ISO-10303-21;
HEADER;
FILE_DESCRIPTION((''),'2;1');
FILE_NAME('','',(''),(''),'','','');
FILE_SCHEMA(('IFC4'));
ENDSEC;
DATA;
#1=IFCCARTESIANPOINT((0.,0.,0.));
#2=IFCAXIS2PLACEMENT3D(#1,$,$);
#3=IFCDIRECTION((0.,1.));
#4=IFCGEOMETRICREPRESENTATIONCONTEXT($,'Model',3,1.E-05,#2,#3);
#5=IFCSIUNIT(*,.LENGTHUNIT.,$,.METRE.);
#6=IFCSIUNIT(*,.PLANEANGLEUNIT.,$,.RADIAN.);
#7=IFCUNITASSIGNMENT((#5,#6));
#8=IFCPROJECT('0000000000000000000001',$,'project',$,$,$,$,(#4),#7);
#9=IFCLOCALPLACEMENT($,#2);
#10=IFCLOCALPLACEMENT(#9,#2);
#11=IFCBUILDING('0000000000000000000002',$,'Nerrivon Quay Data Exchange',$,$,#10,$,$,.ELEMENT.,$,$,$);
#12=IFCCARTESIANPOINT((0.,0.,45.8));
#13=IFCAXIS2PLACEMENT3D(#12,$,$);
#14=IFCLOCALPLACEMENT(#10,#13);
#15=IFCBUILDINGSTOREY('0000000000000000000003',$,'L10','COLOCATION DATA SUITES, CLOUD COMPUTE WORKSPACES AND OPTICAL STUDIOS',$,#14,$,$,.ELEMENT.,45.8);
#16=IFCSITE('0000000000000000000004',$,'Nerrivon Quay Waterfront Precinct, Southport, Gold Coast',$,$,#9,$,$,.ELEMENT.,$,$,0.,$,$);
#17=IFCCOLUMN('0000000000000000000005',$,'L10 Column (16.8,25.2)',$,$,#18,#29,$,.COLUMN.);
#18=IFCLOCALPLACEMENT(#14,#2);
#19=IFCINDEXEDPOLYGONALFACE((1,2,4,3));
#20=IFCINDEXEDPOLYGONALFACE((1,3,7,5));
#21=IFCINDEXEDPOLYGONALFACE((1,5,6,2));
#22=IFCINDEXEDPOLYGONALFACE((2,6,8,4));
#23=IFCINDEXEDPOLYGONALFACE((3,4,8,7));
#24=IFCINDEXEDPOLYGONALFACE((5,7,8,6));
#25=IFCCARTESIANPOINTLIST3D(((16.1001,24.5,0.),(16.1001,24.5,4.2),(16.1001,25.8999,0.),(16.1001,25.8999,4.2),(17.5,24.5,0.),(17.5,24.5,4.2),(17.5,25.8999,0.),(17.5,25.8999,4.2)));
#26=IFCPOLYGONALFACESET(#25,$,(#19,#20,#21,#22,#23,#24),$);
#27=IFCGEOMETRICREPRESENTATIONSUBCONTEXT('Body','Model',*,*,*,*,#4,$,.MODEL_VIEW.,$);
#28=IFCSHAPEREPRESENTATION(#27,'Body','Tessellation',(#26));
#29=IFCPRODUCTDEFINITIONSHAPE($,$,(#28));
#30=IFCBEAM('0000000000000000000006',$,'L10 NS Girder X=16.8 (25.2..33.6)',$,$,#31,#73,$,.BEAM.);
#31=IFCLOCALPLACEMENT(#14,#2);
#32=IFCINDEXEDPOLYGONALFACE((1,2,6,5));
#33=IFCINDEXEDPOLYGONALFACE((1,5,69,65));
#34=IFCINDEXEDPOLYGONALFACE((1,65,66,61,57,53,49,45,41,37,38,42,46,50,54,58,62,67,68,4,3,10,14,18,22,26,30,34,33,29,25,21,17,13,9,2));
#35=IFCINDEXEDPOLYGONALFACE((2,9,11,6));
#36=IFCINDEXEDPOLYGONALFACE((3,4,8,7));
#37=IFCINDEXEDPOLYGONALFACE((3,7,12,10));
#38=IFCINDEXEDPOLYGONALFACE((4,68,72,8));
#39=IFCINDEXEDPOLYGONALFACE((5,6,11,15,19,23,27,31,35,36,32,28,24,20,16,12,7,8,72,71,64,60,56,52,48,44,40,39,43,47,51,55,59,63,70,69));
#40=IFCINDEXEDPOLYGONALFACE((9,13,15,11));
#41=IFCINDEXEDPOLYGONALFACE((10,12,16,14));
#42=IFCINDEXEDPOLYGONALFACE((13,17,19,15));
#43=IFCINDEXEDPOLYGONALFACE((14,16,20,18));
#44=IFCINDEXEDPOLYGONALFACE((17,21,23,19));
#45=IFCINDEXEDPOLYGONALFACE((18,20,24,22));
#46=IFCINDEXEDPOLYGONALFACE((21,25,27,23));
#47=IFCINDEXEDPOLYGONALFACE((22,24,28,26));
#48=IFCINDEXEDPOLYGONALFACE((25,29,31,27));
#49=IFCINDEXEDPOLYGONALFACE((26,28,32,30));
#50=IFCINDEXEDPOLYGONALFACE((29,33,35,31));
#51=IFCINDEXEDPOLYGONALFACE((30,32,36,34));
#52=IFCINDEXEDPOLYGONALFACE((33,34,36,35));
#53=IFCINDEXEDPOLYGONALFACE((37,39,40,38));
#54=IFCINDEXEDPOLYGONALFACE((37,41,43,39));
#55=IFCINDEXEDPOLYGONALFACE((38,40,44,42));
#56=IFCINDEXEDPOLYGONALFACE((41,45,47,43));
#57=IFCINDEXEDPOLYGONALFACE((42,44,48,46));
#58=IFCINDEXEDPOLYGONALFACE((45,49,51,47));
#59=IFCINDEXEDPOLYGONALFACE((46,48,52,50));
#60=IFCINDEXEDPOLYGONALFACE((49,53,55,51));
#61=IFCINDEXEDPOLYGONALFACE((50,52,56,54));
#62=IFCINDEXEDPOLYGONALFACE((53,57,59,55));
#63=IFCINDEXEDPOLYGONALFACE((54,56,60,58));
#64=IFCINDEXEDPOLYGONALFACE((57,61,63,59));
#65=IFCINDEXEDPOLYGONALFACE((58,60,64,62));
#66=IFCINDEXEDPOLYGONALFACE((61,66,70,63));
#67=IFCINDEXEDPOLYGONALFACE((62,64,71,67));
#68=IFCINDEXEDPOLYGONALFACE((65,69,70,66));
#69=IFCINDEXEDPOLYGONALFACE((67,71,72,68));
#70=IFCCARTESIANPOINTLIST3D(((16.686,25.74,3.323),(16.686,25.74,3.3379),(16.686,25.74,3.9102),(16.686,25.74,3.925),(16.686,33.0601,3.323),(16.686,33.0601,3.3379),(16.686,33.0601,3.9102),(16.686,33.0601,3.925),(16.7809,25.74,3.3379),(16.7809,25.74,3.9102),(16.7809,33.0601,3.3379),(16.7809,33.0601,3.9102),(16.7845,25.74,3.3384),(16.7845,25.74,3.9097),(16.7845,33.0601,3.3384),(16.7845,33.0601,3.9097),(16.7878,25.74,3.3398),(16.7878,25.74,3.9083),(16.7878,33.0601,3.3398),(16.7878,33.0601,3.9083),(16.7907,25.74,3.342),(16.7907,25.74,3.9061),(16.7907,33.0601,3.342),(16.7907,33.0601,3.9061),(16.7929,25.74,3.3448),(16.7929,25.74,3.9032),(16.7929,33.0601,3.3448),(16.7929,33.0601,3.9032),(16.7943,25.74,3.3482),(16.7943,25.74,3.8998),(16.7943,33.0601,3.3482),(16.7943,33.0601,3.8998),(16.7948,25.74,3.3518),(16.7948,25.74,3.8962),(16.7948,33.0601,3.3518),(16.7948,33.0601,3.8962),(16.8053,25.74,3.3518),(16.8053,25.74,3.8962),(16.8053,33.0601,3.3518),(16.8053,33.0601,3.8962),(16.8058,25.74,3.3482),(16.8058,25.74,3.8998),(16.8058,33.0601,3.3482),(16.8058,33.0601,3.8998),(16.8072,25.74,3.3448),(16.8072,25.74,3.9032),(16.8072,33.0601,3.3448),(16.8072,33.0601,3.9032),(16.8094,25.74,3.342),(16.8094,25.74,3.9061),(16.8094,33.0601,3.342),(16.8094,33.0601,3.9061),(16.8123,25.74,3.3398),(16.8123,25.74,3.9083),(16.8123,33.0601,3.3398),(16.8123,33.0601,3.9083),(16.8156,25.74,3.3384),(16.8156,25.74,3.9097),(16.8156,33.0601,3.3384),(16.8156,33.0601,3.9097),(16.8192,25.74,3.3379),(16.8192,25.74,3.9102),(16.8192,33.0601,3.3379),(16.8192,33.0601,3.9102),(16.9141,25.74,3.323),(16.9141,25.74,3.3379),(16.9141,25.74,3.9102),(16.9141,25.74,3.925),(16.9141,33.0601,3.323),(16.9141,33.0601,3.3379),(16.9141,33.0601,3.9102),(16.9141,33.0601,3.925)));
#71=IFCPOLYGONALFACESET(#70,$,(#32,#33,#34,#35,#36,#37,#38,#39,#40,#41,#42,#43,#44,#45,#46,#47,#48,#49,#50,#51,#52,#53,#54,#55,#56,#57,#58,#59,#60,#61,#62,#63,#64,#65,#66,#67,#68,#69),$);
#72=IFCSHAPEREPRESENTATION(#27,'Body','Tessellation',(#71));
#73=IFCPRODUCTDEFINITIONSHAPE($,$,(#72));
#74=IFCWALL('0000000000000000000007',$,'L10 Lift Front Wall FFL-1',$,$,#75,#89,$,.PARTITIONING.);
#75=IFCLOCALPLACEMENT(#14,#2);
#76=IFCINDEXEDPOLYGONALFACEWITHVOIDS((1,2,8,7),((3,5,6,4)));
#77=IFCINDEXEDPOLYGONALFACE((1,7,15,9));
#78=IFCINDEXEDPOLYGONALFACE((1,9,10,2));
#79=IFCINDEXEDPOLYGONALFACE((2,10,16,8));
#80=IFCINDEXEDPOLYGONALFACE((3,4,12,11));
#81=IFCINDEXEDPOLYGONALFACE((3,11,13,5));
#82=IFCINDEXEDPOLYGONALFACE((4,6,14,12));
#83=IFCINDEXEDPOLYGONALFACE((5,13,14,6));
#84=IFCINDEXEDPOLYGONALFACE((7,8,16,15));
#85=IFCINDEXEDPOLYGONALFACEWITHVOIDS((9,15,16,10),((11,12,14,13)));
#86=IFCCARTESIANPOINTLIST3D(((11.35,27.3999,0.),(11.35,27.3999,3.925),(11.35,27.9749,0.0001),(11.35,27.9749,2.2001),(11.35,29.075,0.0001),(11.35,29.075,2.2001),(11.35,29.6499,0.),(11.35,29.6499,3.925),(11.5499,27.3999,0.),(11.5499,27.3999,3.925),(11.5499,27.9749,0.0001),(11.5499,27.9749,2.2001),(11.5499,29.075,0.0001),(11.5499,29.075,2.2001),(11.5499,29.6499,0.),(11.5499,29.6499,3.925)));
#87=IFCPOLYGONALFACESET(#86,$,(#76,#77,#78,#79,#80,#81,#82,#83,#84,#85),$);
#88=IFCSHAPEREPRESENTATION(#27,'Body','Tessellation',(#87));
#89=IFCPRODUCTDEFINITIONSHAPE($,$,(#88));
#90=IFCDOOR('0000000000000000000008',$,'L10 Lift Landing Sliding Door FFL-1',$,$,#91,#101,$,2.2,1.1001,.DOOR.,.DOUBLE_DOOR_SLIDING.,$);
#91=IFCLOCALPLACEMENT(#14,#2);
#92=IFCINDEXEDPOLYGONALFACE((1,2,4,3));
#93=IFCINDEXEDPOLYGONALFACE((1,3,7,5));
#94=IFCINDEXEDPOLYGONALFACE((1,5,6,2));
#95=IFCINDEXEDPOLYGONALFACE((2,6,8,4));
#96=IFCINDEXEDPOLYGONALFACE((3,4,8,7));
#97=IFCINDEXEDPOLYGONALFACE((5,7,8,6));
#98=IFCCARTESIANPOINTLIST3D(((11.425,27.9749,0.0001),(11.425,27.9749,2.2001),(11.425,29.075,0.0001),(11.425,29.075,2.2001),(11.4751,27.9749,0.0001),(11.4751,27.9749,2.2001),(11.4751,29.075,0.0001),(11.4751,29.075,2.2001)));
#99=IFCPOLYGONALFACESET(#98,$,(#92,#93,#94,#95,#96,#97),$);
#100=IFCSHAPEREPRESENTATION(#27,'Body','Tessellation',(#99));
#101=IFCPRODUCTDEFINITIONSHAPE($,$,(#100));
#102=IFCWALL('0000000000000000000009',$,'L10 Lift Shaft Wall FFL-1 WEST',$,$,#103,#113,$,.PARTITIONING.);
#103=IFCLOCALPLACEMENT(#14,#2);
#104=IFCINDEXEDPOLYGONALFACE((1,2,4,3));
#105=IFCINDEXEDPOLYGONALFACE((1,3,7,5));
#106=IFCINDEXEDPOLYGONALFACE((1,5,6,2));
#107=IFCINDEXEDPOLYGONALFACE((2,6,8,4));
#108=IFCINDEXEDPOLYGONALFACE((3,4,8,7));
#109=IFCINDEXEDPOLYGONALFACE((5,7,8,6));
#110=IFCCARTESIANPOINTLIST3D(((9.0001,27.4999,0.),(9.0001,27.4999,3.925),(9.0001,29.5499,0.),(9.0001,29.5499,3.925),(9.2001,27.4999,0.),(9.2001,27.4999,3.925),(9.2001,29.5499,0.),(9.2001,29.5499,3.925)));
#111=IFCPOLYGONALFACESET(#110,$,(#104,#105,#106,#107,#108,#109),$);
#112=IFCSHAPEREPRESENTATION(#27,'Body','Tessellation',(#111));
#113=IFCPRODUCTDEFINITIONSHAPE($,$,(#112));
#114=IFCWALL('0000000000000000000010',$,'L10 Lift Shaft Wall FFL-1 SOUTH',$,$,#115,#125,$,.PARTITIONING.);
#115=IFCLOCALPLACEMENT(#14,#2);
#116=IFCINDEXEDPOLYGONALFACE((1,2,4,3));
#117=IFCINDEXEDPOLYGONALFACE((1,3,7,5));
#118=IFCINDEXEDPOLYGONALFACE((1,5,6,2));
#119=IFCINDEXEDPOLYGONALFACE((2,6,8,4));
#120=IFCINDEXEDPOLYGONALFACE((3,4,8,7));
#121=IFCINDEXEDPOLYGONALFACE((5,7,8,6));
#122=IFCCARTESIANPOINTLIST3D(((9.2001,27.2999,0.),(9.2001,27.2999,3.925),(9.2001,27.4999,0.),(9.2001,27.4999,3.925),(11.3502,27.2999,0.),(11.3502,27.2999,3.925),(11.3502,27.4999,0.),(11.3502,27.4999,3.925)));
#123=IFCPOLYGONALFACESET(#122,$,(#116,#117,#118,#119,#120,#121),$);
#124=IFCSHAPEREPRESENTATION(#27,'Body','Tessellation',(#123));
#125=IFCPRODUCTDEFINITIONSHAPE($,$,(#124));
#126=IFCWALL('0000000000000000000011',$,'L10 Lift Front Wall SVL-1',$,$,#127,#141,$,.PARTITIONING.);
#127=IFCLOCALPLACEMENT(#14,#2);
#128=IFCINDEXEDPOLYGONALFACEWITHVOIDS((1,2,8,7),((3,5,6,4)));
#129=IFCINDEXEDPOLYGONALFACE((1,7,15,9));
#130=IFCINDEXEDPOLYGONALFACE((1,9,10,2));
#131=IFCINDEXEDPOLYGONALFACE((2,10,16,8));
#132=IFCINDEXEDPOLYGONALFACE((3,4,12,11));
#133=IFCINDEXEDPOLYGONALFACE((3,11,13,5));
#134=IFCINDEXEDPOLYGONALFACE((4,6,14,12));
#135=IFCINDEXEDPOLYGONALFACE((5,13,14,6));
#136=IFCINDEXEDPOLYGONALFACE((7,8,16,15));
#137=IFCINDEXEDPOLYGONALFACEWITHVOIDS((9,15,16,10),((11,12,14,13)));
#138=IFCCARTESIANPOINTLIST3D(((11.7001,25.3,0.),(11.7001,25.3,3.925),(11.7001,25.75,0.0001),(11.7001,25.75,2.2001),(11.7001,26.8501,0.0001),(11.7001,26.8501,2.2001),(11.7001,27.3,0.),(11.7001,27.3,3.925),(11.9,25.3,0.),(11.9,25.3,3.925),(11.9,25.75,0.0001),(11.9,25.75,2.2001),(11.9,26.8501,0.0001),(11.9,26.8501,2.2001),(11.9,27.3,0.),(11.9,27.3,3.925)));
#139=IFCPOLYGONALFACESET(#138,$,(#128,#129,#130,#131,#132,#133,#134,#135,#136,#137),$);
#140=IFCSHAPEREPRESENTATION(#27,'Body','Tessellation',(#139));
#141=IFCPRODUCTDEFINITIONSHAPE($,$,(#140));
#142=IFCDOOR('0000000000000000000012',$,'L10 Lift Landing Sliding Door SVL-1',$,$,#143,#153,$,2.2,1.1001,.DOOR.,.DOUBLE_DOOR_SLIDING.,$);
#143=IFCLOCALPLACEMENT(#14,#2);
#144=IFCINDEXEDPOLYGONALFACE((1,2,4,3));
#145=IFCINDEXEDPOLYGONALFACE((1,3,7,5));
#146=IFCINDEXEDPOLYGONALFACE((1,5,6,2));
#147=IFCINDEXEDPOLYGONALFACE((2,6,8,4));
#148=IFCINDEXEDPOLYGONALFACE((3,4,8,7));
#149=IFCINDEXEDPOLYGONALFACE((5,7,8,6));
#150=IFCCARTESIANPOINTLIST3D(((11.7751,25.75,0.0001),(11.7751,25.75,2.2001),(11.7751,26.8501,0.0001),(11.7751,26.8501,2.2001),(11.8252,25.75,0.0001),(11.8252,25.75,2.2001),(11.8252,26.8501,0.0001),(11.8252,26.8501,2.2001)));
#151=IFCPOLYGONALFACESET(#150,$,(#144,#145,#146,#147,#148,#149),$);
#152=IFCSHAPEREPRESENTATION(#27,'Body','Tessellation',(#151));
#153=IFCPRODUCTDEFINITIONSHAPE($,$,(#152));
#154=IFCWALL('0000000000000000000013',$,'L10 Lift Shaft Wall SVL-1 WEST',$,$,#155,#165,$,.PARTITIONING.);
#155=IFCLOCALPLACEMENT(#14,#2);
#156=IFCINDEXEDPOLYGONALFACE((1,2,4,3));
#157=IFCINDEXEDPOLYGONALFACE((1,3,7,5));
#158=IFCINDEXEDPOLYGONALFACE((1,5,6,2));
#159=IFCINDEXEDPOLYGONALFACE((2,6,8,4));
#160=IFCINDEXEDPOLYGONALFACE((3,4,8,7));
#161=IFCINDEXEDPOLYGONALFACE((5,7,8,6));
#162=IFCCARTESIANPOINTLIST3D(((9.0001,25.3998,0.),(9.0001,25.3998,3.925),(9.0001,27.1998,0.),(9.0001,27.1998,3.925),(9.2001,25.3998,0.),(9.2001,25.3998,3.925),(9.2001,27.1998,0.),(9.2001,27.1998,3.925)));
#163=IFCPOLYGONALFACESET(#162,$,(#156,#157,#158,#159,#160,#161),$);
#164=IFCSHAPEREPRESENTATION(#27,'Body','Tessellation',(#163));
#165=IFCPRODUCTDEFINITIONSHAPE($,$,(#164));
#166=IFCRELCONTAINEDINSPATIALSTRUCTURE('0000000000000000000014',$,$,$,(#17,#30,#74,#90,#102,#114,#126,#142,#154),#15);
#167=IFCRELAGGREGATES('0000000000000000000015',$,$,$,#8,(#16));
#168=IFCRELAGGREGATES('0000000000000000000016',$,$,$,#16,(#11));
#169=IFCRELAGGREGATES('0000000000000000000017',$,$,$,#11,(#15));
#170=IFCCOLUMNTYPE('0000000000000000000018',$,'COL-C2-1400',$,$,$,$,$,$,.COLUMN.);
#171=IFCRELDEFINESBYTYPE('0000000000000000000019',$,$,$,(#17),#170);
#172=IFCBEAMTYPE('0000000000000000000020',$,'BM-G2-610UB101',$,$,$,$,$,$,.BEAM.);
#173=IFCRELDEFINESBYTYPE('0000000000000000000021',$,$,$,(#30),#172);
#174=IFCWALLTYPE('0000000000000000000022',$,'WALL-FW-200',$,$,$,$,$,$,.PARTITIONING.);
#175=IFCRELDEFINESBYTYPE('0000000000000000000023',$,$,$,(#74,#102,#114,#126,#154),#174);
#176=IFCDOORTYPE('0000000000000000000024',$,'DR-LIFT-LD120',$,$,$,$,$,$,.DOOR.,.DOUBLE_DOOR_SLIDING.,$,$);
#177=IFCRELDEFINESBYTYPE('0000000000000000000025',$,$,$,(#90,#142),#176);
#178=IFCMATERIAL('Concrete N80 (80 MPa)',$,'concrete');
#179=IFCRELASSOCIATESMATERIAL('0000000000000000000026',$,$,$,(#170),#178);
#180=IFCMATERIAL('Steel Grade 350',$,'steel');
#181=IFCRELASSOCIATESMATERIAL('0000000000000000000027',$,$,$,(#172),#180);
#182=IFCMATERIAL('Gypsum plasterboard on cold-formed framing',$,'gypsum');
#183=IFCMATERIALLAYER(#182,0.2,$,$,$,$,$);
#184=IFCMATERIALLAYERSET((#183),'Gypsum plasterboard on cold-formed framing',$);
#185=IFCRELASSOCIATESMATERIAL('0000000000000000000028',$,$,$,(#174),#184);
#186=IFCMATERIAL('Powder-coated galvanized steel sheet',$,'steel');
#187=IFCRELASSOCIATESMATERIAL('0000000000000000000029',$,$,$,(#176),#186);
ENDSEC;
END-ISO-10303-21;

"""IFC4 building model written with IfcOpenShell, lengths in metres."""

from ifc_helpers import new_model, si_unit, direction, frame, frame_2d, origin, origin_2d, place, context, subcontext, project, spatial, rectangle, i_section, extrude, material, layer, layer_set, material_profile, profile_set, type_object, element, fill, save


model = new_model("IFC4")

# Units and contexts
model_context = context("Model", 3, precision=1e-05, world=origin(), true_north=direction((0.0, 1.0)))
body_context = subcontext(model_context, "Body", "Model", "MODEL_VIEW")
ifc_project = project(units=[si_unit("LENGTHUNIT", "METRE"), si_unit("PLANEANGLEUNIT", "RADIAN")], contexts=[model_context])

# Site, building, storey
site_placement = place(None, origin())
site = spatial("IfcSite", under=ifc_project, at=site_placement, Name="Nerrivon Quay Waterfront Precinct, Southport, Gold Coast", CompositionType="ELEMENT", RefElevation=0.0)
building_placement = place(site_placement, origin())
building = spatial("IfcBuilding", under=site, at=building_placement, Name="Nerrivon Quay Data Exchange", CompositionType="ELEMENT")
storey_placement = place(building_placement, frame((0.0, 0.0, 45.8)))
storey = spatial("IfcBuildingStorey", under=building, at=storey_placement, Name="L10", Description="COLOCATION DATA SUITES, CLOUD COMPUTE WORKSPACES AND OPTICAL STUDIOS", CompositionType="ELEMENT", Elevation=45.8)

# Column
ifc_material_1 = material(Name="Concrete N80 (80 MPa)", Category="concrete")
ifc_material_profile_1 = material_profile(ifc_material_1, rectangle(XDim=1.3999, YDim=1.3999, at=origin_2d()), Name="RC-COL-1400x1400")
ifc_profile_set_1 = profile_set([ifc_material_profile_1], Name="Concrete N80 (80 MPa)")
column_type = type_object("IfcColumnType", Name="COL-C2-1400", PredefinedType="COLUMN", material=ifc_profile_set_1)
column_placement = place(storey_placement, frame((16.8, 25.2, 0.0), z_axis=(0.0, 0.0, 1.0), x_axis=(1.0, 0.0, 0.0)))
element("IfcColumn", 1, at=column_placement, inside=storey, type_object=column_type, Name="L10 Column (16.8,25.2)", PredefinedType="COLUMN", context=body_context, shape_type="SweptSolid", body=[
    extrude(rectangle(XDim=1.3999, YDim=1.3999, at=origin_2d()), origin(), (0.0, 0.0, 1.0), 4.2),
])

# Beam
ifc_material_2 = material(Name="Steel Grade 350", Category="steel")
ifc_material_profile_2 = material_profile(ifc_material_2, i_section(OverallWidth=0.228, OverallDepth=0.6021, WebThickness=0.0105, FlangeThickness=0.0149, FilletRadius=0.0139, at=origin_2d()), Name="610UB101")
ifc_profile_set_2 = profile_set([ifc_material_profile_2], Name="Steel Grade 350")
beam_type = type_object("IfcBeamType", Name="BM-G2-610UB101", PredefinedType="BEAM", material=ifc_profile_set_2)
beam_placement = place(storey_placement, frame((16.8, 25.74, 3.624), z_axis=(0.0, 1.0, 0.0), x_axis=(-1.0, 0.0, 0.0)))
element("IfcBeam", 2, at=beam_placement, inside=storey, type_object=beam_type, Name="L10 NS Girder X=16.8 (25.2..33.6)", PredefinedType="BEAM", context=body_context, shape_type="SweptSolid", body=[
    extrude(i_section(OverallWidth=0.228, OverallDepth=0.6021, WebThickness=0.0105, FlangeThickness=0.0149, FilletRadius=0.0139, at=origin_2d()), origin(), (0.0, 0.0, 1.0), 7.3201),
])

# Wall, opening, door
ifc_material_3 = material(Name="Gypsum plasterboard on cold-formed framing", Category="gypsum")
ifc_layer = layer(ifc_material_3, 0.2)
ifc_layer_set = layer_set([ifc_layer], Name="Gypsum plasterboard on cold-formed framing")
wall_type = type_object("IfcWallType", Name="WALL-FW-200", PredefinedType="PARTITIONING", material=ifc_layer_set)
wall_1_placement = place(storey_placement, frame((11.45, 27.3999, 0.0), z_axis=(0.0, 0.0, 1.0), x_axis=(0.0, 1.0, 0.0)))
wall_1 = element("IfcWall", 3, at=wall_1_placement, inside=storey, type_object=wall_type, Name="L10 Lift Front Wall FFL-1", PredefinedType="PARTITIONING", context=body_context, shape_type="SweptSolid", body=[
    extrude(rectangle(XDim=2.25, YDim=0.2, at=frame_2d((1.125, 0.0))), origin(), (0.0, 0.0, 1.0), 3.925),
])
opening_1_placement = place(wall_1_placement, frame((0.575, 0.0, 0.0)))
opening_1 = element("IfcOpeningElement", 4, at=opening_1_placement, cuts=wall_1, PredefinedType="OPENING", context=body_context, shape_type="SweptSolid", body=[
    extrude(rectangle(XDim=1.1001, YDim=2.2, at=frame_2d((0.55, 1.1001))), frame((0.0, 0.1099, 0.0), z_axis=(0.0, -1.0, 0.0), x_axis=(1.0, 0.0, 0.0)), (0.0, 0.0, 1.0), 0.22),
])
ifc_material_4 = material(Name="Powder-coated galvanized steel sheet", Category="steel")
door_type = type_object("IfcDoorType", Name="DR-LIFT-LD120", OperationType="DOUBLE_DOOR_SLIDING", PredefinedType="DOOR", material=ifc_material_4)
door_1_placement = place(opening_1_placement, origin())
door_1 = element("IfcDoor", 5, at=door_1_placement, inside=storey, type_object=door_type, Name="L10 Lift Landing Sliding Door FFL-1", OperationType="DOUBLE_DOOR_SLIDING", OverallHeight=2.2, OverallWidth=1.1001, PredefinedType="DOOR", context=body_context, shape_type="SweptSolid", body=[
    extrude(rectangle(XDim=1.1001, YDim=2.2, at=frame_2d((0.55, 1.1001))), frame((0.0, 0.0249, 0.0), z_axis=(0.0, -1.0, 0.0), x_axis=(1.0, 0.0, 0.0)), (0.0, 0.0, 1.0), 0.05),
])
fill(opening_1, door_1)

# Walls
wall_2_placement = place(storey_placement, frame((9.1001, 27.5, 0.0), z_axis=(0.0, 0.0, 1.0), x_axis=(0.0, 1.0, 0.0)))
element("IfcWall", 6, at=wall_2_placement, inside=storey, type_object=wall_type, Name="L10 Lift Shaft Wall FFL-1 WEST", PredefinedType="PARTITIONING", context=body_context, shape_type="SweptSolid", body=[
    extrude(rectangle(XDim=2.05, YDim=0.2, at=frame_2d((1.0249, 0.0))), origin(), (0.0, 0.0, 1.0), 3.925),
])
wall_3_placement = place(storey_placement, frame((9.2, 27.3999, 0.0), z_axis=(0.0, 0.0, 1.0), x_axis=(1.0, 0.0, 0.0)))
element("IfcWall", 7, at=wall_3_placement, inside=storey, type_object=wall_type, Name="L10 Lift Shaft Wall FFL-1 SOUTH", PredefinedType="PARTITIONING", context=body_context, shape_type="SweptSolid", body=[
    extrude(rectangle(XDim=2.1501, YDim=0.2, at=frame_2d((1.0752, 0.0))), origin(), (0.0, 0.0, 1.0), 3.925),
])

# Wall, opening, door
wall_4_placement = place(storey_placement, frame((11.8, 25.3, 0.0), z_axis=(0.0, 0.0, 1.0), x_axis=(0.0, 1.0, 0.0)))
wall_4 = element("IfcWall", 8, at=wall_4_placement, inside=storey, type_object=wall_type, Name="L10 Lift Front Wall SVL-1", PredefinedType="PARTITIONING", context=body_context, shape_type="SweptSolid", body=[
    extrude(rectangle(XDim=2.0, YDim=0.2, at=frame_2d((1.0, 0.0))), origin(), (0.0, 0.0, 1.0), 3.925),
])
opening_2_placement = place(wall_4_placement, frame((0.45, 0.0, 0.0)))
opening_2 = element("IfcOpeningElement", 9, at=opening_2_placement, cuts=wall_4, PredefinedType="OPENING", context=body_context, shape_type="SweptSolid", body=[
    extrude(rectangle(XDim=1.1001, YDim=2.2, at=frame_2d((0.55, 1.1001))), frame((0.0, 0.1099, 0.0), z_axis=(0.0, -1.0, 0.0), x_axis=(1.0, 0.0, 0.0)), (0.0, 0.0, 1.0), 0.22),
])
door_2_placement = place(opening_2_placement, origin())
door_2 = element("IfcDoor", 10, at=door_2_placement, inside=storey, type_object=door_type, Name="L10 Lift Landing Sliding Door SVL-1", OperationType="DOUBLE_DOOR_SLIDING", OverallHeight=2.2, OverallWidth=1.1001, PredefinedType="DOOR", context=body_context, shape_type="SweptSolid", body=[
    extrude(rectangle(XDim=1.1001, YDim=2.2, at=frame_2d((0.55, 1.1001))), frame((0.0, 0.0249, 0.0), z_axis=(0.0, -1.0, 0.0), x_axis=(1.0, 0.0, 0.0)), (0.0, 0.0, 1.0), 0.05),
])
fill(opening_2, door_2)

# Wall
wall_5_placement = place(storey_placement, frame((9.1001, 25.3999, 0.0), z_axis=(0.0, 0.0, 1.0), x_axis=(0.0, 1.0, 0.0)))
element("IfcWall", 11, at=wall_5_placement, inside=storey, type_object=wall_type, Name="L10 Lift Shaft Wall SVL-1 WEST", PredefinedType="PARTITIONING", context=body_context, shape_type="SweptSolid", body=[
    extrude(rectangle(XDim=1.8, YDim=0.2, at=frame_2d((0.8999, 0.0))), origin(), (0.0, 0.0, 1.0), 3.925),
])

save(model, "model.ifc")
